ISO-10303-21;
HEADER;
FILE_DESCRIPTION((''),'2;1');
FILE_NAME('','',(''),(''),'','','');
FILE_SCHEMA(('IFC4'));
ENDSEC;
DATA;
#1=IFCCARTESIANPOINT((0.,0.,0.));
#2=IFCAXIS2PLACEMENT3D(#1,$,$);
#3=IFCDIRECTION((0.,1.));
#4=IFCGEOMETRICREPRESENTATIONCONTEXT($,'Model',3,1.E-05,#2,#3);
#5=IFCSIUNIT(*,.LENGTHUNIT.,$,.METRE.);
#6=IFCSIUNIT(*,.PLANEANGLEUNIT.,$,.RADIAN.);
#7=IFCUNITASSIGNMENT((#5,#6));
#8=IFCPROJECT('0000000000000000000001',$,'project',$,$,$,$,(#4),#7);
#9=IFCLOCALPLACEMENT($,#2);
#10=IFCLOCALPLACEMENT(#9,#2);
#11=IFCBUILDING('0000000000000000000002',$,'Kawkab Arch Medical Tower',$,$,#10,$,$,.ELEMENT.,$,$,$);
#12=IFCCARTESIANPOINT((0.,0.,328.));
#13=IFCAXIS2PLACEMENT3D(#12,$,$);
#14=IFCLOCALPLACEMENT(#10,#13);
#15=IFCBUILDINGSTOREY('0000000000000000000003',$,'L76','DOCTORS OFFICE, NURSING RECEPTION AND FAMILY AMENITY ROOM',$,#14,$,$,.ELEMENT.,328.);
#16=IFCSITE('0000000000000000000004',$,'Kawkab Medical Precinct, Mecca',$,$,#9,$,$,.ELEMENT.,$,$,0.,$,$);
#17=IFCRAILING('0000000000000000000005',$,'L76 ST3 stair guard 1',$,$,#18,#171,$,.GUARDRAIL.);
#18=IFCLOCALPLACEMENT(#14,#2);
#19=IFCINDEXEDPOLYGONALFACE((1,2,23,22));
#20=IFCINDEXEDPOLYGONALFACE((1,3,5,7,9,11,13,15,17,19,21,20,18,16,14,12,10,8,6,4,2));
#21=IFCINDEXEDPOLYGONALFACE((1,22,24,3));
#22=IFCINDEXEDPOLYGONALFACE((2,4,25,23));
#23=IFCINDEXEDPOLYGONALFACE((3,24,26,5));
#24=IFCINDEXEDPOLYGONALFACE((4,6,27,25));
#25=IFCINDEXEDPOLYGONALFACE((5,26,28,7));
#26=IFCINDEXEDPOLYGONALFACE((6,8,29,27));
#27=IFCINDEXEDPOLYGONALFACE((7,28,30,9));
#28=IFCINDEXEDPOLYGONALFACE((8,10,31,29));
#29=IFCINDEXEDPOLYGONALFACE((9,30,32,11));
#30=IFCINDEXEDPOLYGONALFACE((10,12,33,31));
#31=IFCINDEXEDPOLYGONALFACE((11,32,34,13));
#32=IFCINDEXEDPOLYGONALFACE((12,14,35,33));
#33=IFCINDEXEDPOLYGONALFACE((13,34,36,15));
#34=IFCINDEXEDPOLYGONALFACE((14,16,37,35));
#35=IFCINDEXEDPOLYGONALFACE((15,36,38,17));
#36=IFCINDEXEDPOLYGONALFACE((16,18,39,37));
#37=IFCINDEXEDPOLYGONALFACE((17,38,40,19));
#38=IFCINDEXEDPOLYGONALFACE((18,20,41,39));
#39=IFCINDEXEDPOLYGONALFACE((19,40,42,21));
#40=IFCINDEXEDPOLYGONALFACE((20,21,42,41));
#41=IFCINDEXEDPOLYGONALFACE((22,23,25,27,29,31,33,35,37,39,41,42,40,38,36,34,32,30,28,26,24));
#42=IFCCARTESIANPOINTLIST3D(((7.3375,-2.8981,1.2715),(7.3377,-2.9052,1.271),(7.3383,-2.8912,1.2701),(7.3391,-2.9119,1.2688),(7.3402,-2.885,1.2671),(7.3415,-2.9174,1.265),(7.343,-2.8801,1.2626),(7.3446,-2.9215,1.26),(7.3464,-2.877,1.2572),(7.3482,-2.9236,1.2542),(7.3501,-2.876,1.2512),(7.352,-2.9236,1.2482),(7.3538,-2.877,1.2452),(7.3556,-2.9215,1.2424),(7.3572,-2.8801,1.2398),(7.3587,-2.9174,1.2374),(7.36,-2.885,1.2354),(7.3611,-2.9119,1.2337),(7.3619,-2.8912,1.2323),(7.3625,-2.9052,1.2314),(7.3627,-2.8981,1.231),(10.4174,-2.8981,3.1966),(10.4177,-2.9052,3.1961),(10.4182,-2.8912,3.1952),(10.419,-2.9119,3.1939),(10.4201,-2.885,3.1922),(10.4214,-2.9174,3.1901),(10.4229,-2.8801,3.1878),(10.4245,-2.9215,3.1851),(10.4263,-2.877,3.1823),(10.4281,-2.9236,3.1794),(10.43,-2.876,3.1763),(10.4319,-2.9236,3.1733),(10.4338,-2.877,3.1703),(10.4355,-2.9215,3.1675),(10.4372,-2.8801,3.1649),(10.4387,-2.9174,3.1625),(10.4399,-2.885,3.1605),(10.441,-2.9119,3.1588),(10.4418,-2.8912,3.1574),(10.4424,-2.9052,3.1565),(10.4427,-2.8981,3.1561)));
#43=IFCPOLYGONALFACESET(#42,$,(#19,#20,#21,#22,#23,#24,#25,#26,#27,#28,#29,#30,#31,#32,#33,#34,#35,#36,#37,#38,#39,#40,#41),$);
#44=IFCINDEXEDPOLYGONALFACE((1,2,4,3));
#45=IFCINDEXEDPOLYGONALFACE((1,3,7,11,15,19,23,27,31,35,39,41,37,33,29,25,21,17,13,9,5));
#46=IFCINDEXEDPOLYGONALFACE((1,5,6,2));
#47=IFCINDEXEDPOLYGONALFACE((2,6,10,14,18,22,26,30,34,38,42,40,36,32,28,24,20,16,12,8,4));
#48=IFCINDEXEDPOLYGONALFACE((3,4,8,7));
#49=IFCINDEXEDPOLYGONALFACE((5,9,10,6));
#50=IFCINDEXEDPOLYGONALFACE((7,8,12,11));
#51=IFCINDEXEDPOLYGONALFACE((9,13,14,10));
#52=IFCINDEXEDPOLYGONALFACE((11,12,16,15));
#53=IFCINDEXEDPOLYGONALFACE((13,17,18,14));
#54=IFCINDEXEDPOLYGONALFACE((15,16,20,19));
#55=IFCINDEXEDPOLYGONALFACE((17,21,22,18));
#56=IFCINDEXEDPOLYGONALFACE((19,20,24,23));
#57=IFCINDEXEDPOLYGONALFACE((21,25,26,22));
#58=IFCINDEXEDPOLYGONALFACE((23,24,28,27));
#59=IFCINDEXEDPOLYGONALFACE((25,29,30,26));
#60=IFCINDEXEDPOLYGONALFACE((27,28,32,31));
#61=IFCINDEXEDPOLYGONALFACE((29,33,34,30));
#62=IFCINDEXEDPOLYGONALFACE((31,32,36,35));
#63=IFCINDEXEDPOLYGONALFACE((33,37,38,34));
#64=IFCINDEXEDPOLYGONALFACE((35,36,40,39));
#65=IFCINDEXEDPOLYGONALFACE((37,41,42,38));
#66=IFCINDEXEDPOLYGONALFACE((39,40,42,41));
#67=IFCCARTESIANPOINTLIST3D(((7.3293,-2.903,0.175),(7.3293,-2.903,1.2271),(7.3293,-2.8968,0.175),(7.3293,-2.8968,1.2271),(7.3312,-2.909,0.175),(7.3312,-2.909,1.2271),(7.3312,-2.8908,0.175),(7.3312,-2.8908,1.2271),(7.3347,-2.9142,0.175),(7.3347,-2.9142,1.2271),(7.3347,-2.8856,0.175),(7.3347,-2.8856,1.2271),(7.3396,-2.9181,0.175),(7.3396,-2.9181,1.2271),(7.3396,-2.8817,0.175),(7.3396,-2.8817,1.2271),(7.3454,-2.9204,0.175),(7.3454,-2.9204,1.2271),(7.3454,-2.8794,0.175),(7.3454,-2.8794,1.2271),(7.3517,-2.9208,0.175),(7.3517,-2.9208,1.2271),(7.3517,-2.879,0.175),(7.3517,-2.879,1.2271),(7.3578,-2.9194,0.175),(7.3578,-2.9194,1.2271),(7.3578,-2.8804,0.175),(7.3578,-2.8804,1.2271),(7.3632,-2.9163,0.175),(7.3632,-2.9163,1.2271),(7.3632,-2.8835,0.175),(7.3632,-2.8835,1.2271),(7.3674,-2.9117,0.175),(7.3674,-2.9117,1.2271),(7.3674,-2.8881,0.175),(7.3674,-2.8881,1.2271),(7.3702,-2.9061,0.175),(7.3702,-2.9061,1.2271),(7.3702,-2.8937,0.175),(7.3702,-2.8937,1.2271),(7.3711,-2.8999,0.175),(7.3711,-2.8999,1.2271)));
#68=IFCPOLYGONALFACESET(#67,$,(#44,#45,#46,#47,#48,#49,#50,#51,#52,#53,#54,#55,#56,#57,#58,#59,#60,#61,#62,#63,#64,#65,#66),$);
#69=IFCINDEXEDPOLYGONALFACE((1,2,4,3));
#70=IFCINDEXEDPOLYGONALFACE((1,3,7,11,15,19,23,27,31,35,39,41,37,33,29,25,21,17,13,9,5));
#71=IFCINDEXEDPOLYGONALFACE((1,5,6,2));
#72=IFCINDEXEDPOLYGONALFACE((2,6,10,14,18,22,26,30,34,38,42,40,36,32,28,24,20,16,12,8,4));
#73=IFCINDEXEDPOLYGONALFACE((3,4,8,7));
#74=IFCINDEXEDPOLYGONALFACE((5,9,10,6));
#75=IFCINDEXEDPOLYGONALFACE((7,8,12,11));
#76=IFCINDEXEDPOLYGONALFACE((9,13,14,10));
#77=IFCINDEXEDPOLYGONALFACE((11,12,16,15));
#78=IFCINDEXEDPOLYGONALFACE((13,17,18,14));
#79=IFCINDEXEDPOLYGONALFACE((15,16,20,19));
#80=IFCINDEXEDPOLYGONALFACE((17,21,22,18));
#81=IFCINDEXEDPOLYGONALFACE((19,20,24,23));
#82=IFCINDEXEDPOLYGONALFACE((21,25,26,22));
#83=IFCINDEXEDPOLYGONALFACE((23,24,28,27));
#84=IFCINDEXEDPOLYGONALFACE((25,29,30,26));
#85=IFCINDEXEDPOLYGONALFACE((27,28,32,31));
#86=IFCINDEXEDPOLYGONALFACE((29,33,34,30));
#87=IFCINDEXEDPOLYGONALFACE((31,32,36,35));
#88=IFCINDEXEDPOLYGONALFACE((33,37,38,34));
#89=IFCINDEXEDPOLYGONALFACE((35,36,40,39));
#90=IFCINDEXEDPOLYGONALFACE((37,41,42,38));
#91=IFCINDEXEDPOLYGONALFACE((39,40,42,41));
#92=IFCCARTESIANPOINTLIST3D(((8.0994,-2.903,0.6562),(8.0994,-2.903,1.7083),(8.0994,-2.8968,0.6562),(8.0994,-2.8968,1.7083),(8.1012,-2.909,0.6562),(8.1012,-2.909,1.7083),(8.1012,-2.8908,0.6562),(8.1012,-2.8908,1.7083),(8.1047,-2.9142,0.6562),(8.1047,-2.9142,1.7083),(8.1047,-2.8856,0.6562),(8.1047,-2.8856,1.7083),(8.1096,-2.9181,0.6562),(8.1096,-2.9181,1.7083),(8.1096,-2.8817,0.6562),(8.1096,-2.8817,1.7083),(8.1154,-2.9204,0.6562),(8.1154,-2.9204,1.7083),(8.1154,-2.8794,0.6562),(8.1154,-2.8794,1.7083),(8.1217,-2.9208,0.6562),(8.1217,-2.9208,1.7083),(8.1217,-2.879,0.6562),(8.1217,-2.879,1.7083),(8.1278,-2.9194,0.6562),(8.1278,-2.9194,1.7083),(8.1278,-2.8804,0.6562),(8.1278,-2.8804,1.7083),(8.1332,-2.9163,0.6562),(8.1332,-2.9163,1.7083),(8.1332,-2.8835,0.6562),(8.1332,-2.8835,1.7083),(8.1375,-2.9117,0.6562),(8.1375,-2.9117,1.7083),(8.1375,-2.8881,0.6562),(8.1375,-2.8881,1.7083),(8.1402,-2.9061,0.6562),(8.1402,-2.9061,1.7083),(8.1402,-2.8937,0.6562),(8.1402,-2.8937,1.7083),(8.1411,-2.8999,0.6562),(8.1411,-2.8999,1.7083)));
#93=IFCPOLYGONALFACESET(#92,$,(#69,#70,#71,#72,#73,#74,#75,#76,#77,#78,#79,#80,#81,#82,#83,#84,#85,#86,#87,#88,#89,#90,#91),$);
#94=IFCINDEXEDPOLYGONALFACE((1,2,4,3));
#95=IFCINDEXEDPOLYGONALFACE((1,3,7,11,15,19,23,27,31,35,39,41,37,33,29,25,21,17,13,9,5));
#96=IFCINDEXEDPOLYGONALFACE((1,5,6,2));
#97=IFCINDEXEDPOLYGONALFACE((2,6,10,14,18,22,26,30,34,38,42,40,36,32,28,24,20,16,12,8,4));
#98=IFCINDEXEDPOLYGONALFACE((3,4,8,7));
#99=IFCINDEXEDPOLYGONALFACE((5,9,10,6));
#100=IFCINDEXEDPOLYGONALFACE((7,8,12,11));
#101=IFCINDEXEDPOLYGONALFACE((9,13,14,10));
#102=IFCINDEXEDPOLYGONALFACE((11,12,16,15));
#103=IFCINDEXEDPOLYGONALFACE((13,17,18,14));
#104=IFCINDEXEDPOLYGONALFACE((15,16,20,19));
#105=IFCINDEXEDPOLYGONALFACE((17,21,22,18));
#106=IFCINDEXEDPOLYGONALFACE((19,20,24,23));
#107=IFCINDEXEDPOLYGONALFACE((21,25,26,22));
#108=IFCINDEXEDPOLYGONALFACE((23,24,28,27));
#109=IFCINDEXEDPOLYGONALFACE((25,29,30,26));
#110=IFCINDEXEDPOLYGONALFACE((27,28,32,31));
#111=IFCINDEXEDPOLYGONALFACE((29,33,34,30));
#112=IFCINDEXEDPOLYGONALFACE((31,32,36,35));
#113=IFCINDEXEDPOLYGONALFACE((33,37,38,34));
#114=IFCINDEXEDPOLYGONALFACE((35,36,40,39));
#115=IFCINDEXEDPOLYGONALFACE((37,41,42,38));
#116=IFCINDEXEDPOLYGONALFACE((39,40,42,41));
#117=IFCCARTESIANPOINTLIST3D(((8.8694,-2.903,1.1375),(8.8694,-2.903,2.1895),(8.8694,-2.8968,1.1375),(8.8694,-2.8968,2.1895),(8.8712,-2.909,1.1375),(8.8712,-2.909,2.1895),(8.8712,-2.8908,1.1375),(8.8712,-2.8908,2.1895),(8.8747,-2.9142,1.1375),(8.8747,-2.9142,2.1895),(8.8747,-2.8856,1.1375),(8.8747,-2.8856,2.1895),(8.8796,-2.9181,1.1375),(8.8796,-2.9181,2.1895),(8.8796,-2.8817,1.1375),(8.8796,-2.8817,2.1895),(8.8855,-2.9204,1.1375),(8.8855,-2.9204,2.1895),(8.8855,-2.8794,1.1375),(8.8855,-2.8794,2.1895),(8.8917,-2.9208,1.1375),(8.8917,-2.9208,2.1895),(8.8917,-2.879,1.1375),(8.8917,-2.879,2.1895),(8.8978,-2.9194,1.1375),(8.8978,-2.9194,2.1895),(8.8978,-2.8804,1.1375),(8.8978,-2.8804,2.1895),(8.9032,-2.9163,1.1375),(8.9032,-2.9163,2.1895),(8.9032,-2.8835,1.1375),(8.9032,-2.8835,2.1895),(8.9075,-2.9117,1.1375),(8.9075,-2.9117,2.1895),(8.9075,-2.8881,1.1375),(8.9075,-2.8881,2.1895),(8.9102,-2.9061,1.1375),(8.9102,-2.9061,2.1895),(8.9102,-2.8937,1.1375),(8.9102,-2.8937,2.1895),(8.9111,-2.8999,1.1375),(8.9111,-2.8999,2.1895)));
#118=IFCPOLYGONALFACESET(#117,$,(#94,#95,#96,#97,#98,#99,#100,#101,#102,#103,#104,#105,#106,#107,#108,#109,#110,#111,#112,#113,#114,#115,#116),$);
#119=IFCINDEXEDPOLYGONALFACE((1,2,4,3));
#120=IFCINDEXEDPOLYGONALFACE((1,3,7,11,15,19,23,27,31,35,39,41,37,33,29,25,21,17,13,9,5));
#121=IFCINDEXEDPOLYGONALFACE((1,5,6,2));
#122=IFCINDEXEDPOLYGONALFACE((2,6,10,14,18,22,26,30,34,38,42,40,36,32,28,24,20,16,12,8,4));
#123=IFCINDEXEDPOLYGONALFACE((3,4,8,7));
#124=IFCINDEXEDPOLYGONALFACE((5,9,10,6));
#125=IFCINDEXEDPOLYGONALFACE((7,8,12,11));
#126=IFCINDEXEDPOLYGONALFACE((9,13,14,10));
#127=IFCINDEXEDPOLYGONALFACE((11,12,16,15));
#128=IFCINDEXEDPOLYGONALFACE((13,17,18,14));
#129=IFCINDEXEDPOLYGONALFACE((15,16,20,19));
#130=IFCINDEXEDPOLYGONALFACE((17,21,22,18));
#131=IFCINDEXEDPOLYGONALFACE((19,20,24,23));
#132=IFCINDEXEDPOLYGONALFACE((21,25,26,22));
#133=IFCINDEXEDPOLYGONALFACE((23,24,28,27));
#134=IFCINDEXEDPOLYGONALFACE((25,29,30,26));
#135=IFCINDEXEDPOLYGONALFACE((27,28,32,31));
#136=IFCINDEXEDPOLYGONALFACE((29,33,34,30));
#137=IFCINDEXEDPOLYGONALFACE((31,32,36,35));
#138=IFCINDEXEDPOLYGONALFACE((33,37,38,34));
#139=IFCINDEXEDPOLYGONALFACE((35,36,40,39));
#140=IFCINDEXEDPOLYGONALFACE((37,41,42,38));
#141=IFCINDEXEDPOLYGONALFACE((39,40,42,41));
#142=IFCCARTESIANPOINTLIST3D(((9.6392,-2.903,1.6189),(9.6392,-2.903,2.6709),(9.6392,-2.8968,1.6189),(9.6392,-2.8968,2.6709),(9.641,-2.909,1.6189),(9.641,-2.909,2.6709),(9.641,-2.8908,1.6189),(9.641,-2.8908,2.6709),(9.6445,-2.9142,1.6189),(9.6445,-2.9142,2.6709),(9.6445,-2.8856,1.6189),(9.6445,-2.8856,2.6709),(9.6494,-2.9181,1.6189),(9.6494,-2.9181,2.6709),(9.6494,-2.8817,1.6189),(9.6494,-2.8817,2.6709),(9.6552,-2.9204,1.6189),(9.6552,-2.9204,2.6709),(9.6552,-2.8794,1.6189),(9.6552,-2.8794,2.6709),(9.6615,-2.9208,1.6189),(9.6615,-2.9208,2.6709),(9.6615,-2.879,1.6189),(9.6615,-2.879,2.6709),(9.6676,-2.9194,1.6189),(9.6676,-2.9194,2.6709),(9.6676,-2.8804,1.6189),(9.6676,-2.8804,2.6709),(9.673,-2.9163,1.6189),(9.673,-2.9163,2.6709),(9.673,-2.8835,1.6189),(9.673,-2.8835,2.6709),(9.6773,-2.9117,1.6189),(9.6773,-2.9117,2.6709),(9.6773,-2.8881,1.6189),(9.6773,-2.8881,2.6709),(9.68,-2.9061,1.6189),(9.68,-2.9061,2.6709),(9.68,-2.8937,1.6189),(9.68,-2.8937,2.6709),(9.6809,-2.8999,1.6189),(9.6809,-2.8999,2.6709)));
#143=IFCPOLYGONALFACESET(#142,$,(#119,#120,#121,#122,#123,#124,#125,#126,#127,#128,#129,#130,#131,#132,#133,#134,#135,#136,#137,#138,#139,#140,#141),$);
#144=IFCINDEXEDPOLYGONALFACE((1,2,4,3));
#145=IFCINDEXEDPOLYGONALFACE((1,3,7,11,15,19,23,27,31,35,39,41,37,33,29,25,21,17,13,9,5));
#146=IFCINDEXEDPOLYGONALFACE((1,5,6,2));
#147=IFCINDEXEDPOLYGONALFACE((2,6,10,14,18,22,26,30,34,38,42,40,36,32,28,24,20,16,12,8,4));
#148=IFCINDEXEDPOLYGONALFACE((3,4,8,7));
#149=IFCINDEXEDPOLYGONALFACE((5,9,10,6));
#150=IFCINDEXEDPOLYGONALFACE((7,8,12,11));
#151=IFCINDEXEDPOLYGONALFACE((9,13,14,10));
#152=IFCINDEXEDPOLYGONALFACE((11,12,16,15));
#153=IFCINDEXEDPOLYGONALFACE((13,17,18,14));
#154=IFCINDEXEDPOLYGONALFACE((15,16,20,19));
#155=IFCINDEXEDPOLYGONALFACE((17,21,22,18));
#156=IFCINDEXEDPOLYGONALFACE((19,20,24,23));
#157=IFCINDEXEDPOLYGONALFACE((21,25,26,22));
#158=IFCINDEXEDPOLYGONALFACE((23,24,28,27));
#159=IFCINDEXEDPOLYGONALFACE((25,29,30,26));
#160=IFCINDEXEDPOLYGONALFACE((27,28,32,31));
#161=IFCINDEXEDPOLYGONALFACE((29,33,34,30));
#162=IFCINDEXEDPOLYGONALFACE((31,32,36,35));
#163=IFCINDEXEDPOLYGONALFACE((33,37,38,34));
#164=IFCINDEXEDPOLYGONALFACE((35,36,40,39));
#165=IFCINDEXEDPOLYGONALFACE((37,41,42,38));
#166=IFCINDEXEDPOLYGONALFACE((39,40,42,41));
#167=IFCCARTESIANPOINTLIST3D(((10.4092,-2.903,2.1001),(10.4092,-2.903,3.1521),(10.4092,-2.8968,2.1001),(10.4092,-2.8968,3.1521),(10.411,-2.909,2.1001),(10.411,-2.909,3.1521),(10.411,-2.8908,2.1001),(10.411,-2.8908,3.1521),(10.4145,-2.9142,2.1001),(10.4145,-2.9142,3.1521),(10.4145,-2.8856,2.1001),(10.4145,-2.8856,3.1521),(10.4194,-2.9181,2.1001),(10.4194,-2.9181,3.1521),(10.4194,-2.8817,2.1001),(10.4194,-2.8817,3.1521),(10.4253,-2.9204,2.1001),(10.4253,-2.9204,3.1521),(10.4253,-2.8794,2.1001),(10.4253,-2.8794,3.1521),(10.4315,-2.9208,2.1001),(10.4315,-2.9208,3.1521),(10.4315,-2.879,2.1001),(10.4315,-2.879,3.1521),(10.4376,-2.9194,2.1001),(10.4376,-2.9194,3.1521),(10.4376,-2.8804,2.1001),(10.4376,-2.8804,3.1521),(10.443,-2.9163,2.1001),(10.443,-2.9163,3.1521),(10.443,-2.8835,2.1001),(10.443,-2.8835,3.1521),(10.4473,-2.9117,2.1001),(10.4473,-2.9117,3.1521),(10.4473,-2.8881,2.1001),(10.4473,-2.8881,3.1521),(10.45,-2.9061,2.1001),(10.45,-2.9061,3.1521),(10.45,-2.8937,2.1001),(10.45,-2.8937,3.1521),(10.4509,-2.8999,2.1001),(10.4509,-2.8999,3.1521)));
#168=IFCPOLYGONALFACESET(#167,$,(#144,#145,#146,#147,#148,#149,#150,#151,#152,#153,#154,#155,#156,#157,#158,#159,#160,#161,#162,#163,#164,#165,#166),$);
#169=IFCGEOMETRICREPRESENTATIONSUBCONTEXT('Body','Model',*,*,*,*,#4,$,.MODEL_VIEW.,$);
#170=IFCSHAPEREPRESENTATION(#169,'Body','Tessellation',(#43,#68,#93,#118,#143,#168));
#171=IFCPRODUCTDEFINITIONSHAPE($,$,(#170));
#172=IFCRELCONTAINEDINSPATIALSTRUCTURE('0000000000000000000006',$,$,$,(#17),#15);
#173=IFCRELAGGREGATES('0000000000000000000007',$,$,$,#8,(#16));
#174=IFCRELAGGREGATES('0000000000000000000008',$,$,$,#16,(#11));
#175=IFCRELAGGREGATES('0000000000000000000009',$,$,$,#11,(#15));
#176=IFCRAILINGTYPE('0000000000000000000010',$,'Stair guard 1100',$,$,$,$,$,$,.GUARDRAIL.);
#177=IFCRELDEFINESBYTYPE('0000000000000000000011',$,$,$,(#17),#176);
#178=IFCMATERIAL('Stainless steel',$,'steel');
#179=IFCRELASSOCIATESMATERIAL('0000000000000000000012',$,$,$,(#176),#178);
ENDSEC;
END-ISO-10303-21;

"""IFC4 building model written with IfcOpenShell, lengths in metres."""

from ifc_helpers import new_model, si_unit, direction, frame, origin, origin_2d, place, context, subcontext, project, spatial, circle, extrude, material, type_object, element, save


model = new_model("IFC4")

# Units and contexts
model_context = context("Model", 3, precision=1e-05, world=origin(), true_north=direction((0.0, 1.0)))
body_context = subcontext(model_context, "Body", "Model", "MODEL_VIEW")
ifc_project = project(units=[si_unit("LENGTHUNIT", "METRE"), si_unit("PLANEANGLEUNIT", "RADIAN")], contexts=[model_context])

# Site, building, storey
site_placement = place(None, origin())
site = spatial("IfcSite", under=ifc_project, at=site_placement, Name="Kawkab Medical Precinct, Mecca", CompositionType="ELEMENT", RefElevation=0.0)
building_placement = place(site_placement, origin())
building = spatial("IfcBuilding", under=site, at=building_placement, Name="Kawkab Arch Medical Tower", CompositionType="ELEMENT")
storey_placement = place(building_placement, frame((0.0, 0.0, 328.0)))
storey = spatial("IfcBuildingStorey", under=building, at=storey_placement, Name="L76", Description="DOCTORS OFFICE, NURSING RECEPTION AND FAMILY AMENITY ROOM", CompositionType="ELEMENT", Elevation=328.0)

# Railing
ifc_material_1 = material(Name="Stainless steel", Category="steel")
railing_type_1 = type_object("IfcRailingType", Name="Stair guard 1100", PredefinedType="GUARDRAIL", material=ifc_material_1)
railing_1_placement = place(storey_placement, frame((7.3501, -2.8999, 0.175)))
element("IfcRailing", 1, at=railing_1_placement, inside=storey, type_object=railing_type_1, Name="L76 ST3 stair guard 1", PredefinedType="GUARDRAIL", context=body_context, shape_type="SweptSolid", body=[
    extrude(circle(Radius=0.0239, at=origin_2d()), frame((0.0, 0.0, 1.0762), z_axis=(0.847979, 0.0, 0.530029), x_axis=(0.0, 1.0, 0.0)), (0.0, 0.0, 1.0), 3.6321),
    extrude(circle(Radius=0.021, at=origin_2d()), origin(), (0.0, 0.0, 1.0), 1.052),
    extrude(circle(Radius=0.021, at=origin_2d()), frame((0.77, 0.0, 0.4812)), (0.0, 0.0, 1.0), 1.052),
    extrude(circle(Radius=0.021, at=origin_2d()), frame((1.54, 0.0, 0.9624)), (0.0, 0.0, 1.0), 1.052),
    extrude(circle(Radius=0.021, at=origin_2d()), frame((2.3098, 0.0, 1.4438)), (0.0, 0.0, 1.0), 1.052),
    extrude(circle(Radius=0.021, at=origin_2d()), frame((3.0798, 0.0, 1.925)), (0.0, 0.0, 1.0), 1.052),
])

save(model, "model.ifc")
